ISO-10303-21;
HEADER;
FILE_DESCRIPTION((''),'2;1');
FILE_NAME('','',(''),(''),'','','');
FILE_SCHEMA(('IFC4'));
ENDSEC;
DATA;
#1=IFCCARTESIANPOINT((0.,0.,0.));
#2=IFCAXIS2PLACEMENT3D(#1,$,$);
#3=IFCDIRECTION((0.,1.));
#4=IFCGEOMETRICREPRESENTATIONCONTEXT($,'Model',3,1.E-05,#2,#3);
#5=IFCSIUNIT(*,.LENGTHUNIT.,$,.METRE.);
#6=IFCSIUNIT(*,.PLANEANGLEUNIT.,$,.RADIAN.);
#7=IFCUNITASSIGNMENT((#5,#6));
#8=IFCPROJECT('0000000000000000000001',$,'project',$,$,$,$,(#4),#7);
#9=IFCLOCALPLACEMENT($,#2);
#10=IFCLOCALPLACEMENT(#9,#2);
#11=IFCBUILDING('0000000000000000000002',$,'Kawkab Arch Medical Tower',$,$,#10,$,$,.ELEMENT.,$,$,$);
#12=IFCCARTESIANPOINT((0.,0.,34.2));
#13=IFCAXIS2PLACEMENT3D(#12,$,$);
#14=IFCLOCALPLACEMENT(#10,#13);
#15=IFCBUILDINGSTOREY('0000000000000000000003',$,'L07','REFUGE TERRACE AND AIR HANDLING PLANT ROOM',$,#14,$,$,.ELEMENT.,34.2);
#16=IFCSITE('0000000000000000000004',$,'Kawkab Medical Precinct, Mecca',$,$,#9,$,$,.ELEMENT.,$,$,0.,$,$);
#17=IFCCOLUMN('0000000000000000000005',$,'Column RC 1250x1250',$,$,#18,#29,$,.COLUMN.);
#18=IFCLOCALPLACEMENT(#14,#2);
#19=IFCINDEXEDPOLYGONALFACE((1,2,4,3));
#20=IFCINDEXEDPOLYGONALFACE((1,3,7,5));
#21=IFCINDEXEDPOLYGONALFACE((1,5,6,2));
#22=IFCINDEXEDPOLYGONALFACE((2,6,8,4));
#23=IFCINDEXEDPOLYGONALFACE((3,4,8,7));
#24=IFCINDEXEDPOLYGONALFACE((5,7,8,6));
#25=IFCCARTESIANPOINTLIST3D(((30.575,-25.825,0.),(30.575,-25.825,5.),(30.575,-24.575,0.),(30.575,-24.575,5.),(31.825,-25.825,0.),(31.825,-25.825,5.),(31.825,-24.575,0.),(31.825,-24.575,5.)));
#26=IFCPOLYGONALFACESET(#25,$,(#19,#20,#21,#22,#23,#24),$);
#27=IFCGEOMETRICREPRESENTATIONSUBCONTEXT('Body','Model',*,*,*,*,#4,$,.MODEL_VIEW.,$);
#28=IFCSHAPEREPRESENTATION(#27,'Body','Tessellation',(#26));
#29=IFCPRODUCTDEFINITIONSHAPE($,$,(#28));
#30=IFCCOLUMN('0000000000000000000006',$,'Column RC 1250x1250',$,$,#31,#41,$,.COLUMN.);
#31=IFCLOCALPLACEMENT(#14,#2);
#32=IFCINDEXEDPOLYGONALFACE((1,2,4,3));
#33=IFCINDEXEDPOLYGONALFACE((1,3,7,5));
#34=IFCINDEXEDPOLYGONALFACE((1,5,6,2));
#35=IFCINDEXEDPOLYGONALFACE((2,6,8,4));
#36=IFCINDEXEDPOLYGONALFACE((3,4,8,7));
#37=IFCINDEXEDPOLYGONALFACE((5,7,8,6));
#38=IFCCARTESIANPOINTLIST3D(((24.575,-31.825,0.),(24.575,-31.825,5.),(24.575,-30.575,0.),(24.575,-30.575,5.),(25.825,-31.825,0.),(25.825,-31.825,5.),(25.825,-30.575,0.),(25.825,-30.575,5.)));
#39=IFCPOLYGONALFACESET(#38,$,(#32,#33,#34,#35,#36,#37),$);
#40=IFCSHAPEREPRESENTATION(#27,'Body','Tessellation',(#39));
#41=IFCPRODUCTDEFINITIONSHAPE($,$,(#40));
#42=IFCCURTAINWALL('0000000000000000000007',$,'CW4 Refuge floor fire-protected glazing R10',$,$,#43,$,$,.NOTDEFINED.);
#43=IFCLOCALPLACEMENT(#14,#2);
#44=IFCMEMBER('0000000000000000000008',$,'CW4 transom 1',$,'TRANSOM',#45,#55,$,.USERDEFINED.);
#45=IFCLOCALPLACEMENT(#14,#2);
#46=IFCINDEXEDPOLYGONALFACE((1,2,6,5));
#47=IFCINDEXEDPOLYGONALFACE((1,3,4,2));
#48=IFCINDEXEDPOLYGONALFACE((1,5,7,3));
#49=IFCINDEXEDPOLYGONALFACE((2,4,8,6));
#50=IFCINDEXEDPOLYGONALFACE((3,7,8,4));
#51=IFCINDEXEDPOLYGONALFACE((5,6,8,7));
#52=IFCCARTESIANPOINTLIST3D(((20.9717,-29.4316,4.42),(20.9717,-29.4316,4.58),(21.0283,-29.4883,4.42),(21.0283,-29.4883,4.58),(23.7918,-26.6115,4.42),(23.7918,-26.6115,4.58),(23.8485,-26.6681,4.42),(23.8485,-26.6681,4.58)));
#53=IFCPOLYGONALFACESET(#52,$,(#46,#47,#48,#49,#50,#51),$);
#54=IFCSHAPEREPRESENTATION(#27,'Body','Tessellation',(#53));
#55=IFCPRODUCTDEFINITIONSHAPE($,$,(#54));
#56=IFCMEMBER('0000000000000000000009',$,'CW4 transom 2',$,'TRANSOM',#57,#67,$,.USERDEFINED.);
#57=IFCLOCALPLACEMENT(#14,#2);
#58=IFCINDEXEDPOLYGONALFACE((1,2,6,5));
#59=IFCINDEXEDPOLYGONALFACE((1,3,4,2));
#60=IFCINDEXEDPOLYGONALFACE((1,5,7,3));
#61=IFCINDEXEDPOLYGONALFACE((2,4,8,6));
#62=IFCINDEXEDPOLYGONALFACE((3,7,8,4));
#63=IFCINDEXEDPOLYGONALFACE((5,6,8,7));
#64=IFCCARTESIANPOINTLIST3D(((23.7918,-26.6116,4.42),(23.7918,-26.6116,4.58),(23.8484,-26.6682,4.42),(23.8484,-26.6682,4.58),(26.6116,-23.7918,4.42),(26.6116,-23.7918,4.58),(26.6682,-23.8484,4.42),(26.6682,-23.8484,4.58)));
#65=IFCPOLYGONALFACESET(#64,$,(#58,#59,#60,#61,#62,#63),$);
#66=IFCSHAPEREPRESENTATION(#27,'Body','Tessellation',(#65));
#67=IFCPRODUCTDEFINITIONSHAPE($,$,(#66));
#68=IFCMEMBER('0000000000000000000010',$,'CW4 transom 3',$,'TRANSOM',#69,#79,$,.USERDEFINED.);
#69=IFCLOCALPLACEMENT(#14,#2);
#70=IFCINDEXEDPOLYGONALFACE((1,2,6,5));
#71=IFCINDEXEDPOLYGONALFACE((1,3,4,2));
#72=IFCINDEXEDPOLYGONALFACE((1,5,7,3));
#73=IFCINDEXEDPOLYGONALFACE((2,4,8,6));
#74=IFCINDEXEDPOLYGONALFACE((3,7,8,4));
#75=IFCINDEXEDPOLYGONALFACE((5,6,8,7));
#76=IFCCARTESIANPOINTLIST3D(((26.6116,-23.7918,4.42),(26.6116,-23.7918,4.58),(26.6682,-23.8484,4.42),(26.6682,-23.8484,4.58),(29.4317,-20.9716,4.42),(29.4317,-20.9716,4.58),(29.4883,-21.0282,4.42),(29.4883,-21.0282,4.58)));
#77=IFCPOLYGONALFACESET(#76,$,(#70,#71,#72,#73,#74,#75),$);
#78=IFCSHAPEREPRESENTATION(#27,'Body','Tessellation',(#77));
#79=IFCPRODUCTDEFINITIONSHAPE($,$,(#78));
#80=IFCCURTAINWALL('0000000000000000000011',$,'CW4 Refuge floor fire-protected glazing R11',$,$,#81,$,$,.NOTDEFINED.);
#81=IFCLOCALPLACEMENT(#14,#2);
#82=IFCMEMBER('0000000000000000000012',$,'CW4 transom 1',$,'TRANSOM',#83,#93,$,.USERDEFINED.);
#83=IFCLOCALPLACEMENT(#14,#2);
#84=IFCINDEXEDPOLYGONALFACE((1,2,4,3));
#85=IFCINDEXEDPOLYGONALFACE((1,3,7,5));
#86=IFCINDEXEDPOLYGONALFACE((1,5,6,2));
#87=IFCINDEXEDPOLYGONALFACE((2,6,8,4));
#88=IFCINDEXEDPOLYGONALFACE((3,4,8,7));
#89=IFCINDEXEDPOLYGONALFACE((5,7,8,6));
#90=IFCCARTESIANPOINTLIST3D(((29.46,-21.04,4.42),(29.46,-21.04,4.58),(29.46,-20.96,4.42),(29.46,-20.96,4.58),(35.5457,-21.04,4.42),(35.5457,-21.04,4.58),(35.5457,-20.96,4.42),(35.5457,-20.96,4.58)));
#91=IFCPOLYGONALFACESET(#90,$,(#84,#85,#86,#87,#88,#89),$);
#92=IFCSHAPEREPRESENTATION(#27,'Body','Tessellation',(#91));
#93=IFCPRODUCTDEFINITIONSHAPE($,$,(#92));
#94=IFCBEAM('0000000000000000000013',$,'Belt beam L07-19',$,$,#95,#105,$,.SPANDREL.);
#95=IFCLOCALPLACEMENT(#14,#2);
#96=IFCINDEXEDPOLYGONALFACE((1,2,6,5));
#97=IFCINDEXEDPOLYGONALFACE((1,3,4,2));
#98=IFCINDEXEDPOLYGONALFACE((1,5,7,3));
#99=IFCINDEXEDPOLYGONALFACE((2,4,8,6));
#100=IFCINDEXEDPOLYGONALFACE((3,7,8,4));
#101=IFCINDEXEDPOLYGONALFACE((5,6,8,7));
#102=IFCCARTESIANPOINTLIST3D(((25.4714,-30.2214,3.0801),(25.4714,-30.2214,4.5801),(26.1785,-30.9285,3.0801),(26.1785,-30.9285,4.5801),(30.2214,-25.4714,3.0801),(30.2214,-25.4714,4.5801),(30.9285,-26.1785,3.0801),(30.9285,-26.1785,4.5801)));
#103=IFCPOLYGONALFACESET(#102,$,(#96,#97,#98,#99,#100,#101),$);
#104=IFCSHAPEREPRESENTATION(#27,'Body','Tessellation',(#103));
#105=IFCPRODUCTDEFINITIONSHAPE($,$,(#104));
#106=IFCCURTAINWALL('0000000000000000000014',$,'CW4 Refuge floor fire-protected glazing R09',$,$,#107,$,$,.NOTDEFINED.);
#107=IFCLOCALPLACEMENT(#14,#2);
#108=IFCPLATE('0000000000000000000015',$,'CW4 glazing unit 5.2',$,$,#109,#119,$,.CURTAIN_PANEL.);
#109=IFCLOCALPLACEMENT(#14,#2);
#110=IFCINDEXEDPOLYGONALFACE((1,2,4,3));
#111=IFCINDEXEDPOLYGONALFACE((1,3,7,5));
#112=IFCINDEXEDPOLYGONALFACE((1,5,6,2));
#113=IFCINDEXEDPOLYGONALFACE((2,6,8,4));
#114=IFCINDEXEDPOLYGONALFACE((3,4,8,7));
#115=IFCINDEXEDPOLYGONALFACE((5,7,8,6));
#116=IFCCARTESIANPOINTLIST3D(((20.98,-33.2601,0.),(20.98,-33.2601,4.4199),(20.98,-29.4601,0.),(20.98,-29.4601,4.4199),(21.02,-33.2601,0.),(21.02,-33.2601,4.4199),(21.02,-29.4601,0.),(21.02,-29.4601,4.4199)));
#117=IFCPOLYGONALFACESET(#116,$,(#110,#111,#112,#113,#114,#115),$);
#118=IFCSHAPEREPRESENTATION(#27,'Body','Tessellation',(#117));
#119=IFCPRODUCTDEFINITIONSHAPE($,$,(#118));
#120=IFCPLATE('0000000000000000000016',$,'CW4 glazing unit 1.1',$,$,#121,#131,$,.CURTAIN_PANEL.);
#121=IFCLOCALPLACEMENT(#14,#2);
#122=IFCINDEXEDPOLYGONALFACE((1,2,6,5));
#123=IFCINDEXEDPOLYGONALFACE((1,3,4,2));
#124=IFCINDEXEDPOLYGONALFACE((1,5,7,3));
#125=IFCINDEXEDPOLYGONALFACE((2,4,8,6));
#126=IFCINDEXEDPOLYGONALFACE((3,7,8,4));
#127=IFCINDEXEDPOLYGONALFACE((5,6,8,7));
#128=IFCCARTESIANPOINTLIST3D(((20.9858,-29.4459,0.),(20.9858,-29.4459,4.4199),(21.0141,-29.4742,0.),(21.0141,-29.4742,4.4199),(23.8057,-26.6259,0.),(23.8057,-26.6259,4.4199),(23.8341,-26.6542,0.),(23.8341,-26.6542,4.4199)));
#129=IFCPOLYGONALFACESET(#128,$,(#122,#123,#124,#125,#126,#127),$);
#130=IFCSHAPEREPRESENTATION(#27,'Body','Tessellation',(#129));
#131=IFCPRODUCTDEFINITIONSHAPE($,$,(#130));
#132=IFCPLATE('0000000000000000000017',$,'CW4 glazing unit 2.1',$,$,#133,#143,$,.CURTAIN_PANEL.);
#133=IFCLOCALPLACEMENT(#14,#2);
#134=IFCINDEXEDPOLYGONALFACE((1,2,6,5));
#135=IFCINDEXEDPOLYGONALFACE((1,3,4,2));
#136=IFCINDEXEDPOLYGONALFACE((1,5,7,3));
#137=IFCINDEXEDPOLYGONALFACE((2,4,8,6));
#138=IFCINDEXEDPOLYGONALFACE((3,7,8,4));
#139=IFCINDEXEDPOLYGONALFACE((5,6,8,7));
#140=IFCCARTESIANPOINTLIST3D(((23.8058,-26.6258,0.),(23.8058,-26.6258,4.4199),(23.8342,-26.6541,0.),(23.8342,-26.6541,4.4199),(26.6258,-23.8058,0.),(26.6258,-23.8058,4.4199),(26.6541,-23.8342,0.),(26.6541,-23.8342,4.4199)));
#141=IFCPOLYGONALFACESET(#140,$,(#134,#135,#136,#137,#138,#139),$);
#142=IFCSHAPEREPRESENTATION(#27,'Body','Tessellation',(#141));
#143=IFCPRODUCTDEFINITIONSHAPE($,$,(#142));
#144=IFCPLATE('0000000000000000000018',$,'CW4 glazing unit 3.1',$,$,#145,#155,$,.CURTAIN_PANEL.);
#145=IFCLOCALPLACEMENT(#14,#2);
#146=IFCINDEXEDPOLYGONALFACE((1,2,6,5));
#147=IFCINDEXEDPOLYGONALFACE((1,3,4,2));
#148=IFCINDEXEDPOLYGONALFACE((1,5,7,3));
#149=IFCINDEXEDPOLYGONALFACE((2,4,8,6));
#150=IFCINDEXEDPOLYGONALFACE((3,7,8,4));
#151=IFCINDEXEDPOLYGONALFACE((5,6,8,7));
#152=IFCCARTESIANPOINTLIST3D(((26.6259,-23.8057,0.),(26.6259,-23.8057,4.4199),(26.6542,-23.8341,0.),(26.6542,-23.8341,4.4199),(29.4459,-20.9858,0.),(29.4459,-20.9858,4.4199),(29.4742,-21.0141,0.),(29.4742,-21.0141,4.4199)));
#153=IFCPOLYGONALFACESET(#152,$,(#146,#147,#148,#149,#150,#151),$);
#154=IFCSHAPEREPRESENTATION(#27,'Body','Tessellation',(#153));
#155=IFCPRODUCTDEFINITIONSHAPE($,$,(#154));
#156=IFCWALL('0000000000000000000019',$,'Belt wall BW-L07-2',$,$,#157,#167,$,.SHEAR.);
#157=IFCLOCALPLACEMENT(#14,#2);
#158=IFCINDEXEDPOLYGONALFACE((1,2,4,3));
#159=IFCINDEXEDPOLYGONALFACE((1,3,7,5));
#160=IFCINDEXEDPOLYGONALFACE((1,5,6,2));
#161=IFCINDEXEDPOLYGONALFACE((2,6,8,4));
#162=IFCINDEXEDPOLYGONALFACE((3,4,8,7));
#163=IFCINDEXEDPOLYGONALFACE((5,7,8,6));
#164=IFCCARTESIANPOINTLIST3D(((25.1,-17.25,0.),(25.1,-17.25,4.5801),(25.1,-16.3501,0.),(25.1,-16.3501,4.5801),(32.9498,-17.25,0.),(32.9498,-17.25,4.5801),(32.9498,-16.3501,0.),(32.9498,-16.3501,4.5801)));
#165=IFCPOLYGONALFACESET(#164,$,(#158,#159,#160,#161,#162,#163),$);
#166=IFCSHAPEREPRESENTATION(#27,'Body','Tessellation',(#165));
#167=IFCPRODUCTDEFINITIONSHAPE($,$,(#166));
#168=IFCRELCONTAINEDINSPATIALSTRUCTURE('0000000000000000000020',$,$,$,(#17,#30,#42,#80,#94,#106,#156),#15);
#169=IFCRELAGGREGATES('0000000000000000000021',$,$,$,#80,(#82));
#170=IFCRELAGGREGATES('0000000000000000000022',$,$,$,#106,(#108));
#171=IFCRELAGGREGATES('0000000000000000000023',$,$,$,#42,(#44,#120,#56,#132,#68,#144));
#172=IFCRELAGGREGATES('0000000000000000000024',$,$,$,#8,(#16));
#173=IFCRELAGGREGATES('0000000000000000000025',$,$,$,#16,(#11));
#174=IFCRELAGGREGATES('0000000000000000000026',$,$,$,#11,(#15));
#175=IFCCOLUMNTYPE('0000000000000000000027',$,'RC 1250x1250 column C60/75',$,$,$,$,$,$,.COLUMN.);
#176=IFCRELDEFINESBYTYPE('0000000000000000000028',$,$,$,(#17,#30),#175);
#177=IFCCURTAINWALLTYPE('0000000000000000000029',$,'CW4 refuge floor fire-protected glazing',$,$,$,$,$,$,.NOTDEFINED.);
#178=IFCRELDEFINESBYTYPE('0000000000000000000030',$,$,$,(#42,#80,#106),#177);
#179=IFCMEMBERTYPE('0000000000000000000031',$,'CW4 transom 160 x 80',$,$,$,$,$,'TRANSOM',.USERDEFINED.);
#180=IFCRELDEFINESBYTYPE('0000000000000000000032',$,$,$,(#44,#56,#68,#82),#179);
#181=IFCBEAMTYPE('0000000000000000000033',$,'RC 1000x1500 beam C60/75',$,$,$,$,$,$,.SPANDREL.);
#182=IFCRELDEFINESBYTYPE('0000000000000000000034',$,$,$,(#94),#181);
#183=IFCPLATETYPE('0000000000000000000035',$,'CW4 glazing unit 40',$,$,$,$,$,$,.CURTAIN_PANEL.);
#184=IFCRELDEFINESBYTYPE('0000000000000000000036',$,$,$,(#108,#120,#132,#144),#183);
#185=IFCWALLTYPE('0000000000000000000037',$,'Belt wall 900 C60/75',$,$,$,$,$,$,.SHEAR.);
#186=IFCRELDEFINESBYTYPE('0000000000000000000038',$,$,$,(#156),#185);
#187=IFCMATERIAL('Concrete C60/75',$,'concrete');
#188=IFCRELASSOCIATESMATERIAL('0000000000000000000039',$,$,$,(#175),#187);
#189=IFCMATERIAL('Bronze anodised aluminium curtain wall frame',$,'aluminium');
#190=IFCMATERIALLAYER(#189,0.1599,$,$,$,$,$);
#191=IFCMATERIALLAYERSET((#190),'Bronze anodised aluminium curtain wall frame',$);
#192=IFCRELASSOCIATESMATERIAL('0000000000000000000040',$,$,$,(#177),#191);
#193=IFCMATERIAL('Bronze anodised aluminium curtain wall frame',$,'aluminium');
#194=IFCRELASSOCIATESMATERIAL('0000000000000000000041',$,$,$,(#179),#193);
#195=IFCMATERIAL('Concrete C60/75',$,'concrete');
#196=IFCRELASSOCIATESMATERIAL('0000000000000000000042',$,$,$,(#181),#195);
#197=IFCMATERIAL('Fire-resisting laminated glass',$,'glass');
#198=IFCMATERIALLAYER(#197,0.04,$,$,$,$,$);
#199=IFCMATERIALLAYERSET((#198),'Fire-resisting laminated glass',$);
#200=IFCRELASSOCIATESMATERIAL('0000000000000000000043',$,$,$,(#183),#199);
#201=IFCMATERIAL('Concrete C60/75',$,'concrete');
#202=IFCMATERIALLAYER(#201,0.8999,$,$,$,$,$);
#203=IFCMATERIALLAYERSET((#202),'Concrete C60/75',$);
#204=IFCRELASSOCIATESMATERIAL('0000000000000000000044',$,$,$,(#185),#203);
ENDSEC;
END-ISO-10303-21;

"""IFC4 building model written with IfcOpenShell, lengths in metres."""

from ifc_helpers import new_model, si_unit, direction, frame, frame_2d, origin, origin_2d, place, context, subcontext, project, spatial, rectangle, extrude, material, layer, layer_set, material_profile, profile_set, type_object, element, aggregate, save


model = new_model("IFC4")

# Units and contexts
model_context = context("Model", 3, precision=1e-05, world=origin(), true_north=direction((0.0, 1.0)))
body_context = subcontext(model_context, "Body", "Model", "MODEL_VIEW")
ifc_project = project(units=[si_unit("LENGTHUNIT", "METRE"), si_unit("PLANEANGLEUNIT", "RADIAN")], contexts=[model_context])

# Site, building, storey
site_placement = place(None, origin())
site = spatial("IfcSite", under=ifc_project, at=site_placement, Name="Kawkab Medical Precinct, Mecca", CompositionType="ELEMENT", RefElevation=0.0)
building_placement = place(site_placement, origin())
building = spatial("IfcBuilding", under=site, at=building_placement, Name="Kawkab Arch Medical Tower", CompositionType="ELEMENT")
storey_placement = place(building_placement, frame((0.0, 0.0, 34.2)))
storey = spatial("IfcBuildingStorey", under=building, at=storey_placement, Name="L07", Description="REFUGE TERRACE AND AIR HANDLING PLANT ROOM", CompositionType="ELEMENT", Elevation=34.2)

# Columns
ifc_material_1 = material(Name="Concrete C60/75", Category="concrete")
ifc_material_profile_1 = material_profile(ifc_material_1, rectangle(XDim=1.25, YDim=1.25, at=origin_2d()), Name="RC 1250x1250")
ifc_profile_set_1 = profile_set([ifc_material_profile_1], Name="Concrete C60/75")
column_type = type_object("IfcColumnType", Name="RC 1250x1250 column C60/75", PredefinedType="COLUMN", material=ifc_profile_set_1)
for number, where, z_axis, x_axis, name in (
    (1, (31.2, -25.2, 0.0), (0.0, 0.0, 1.0), (1.0, 0.0, 0.0), "Column RC 1250x1250"),
    (2, (25.2, -31.2, 0.0), (0.0, 0.0, 1.0), (1.0, 0.0, 0.0), "Column RC 1250x1250"),
):
    element("IfcColumn", number, at=place(storey_placement, frame(where, z_axis=z_axis, x_axis=x_axis)), inside=storey, type_object=column_type, Name=name, PredefinedType="COLUMN", context=body_context, shape_type="SweptSolid", body=[
        extrude(rectangle(XDim=1.25, YDim=1.25, at=origin_2d()), origin(), (0.0, 0.0, 1.0), 5.0),
    ])

# Curtain wall, members
ifc_material_2 = material(Name="Bronze anodised aluminium curtain wall frame", Category="aluminium")
ifc_layer_1 = layer(ifc_material_2, 0.1599)
ifc_layer_set_1 = layer_set([ifc_layer_1], Name="Bronze anodised aluminium curtain wall frame")
curtain_wall_type = type_object("IfcCurtainWallType", Name="CW4 refuge floor fire-protected glazing", PredefinedType="NOTDEFINED", material=ifc_layer_set_1)
placement = place(storey_placement, origin())
curtain_wall_1 = element("IfcCurtainWall", 3, at=placement, inside=storey, type_object=curtain_wall_type, Name="CW4 Refuge floor fire-protected glazing R10", PredefinedType="NOTDEFINED")
ifc_material_3 = material(Name="Bronze anodised aluminium curtain wall frame", Category="aluminium")
ifc_material_profile_2 = material_profile(ifc_material_3, rectangle(XDim=0.0801, YDim=0.1599, at=origin_2d()), Name="AL 80x160")
ifc_profile_set_2 = profile_set([ifc_material_profile_2], Name="Bronze anodised aluminium curtain wall frame")
member_type = type_object("IfcMemberType", Name="CW4 transom 160 x 80", ElementType="TRANSOM", PredefinedType="USERDEFINED", material=ifc_profile_set_2)
member_1_placement = place(storey_placement, frame((21.0, -29.46, 4.5), z_axis=(0.707107, 0.707107, 0.0), x_axis=(-0.707107, 0.707107, 0.0)))
member_1 = element("IfcMember", 4, at=member_1_placement, type_object=member_type, Name="CW4 transom 1", ObjectType="TRANSOM", PredefinedType="USERDEFINED", context=body_context, shape_type="SweptSolid", body=[
    extrude(rectangle(XDim=0.0801, YDim=0.1599, at=origin_2d()), origin(), (0.0, 0.0, 1.0), 3.9883),
])
member_2_placement = place(storey_placement, frame((23.8201, -26.6399, 4.5), z_axis=(0.707107, 0.707107, 0.0), x_axis=(-0.707107, 0.707107, 0.0)))
member_2 = element("IfcMember", 5, at=member_2_placement, type_object=member_type, Name="CW4 transom 2", ObjectType="TRANSOM", PredefinedType="USERDEFINED", context=body_context, shape_type="SweptSolid", body=[
    extrude(rectangle(XDim=0.0801, YDim=0.1599, at=origin_2d()), origin(), (0.0, 0.0, 1.0), 3.9878),
])
member_3_placement = place(storey_placement, frame((26.6399, -23.8201, 4.5), z_axis=(0.707107, 0.707107, 0.0), x_axis=(-0.707107, 0.707107, 0.0)))
member_3 = element("IfcMember", 6, at=member_3_placement, type_object=member_type, Name="CW4 transom 3", ObjectType="TRANSOM", PredefinedType="USERDEFINED", context=body_context, shape_type="SweptSolid", body=[
    extrude(rectangle(XDim=0.0801, YDim=0.1599, at=origin_2d()), origin(), (0.0, 0.0, 1.0), 3.9883),
])

# Curtain wall, member
curtain_wall_2 = element("IfcCurtainWall", 7, at=placement, inside=storey, type_object=curtain_wall_type, Name="CW4 Refuge floor fire-protected glazing R11", PredefinedType="NOTDEFINED")
member_4_placement = place(storey_placement, frame((29.46, -21.0, 4.5), z_axis=(1.0, 0.0, 0.0), x_axis=(0.0, 1.0, 0.0)))
member_4 = element("IfcMember", 8, at=member_4_placement, type_object=member_type, Name="CW4 transom 1", ObjectType="TRANSOM", PredefinedType="USERDEFINED", context=body_context, shape_type="SweptSolid", body=[
    extrude(rectangle(XDim=0.0801, YDim=0.1599, at=origin_2d()), origin(), (0.0, 0.0, 1.0), 6.0857),
])
aggregate(curtain_wall_2, [member_4])

# Beam
ifc_material_4 = material(Name="Concrete C60/75", Category="concrete")
ifc_material_profile_3 = material_profile(ifc_material_4, rectangle(XDim=1.0, YDim=1.5, at=origin_2d()), Name="RC 1000x1500")
ifc_profile_set_3 = profile_set([ifc_material_profile_3], Name="Concrete C60/75")
beam_type = type_object("IfcBeamType", Name="RC 1000x1500 beam C60/75", PredefinedType="SPANDREL", material=ifc_profile_set_3)
beam_placement = place(storey_placement, frame((30.575, -25.825, 3.8301), z_axis=(-0.707107, -0.707107, 0.0), x_axis=(0.707107, -0.707107, 0.0)))
element("IfcBeam", 9, at=beam_placement, inside=storey, type_object=beam_type, Name="Belt beam L07-19", PredefinedType="SPANDREL", context=body_context, shape_type="SweptSolid", body=[
    extrude(rectangle(XDim=1.0, YDim=1.5, at=origin_2d()), origin(), (0.0, 0.0, 1.0), 6.7175),
])

# Curtain wall, plate
curtain_wall_3 = element("IfcCurtainWall", 10, at=placement, inside=storey, type_object=curtain_wall_type, Name="CW4 Refuge floor fire-protected glazing R09", PredefinedType="NOTDEFINED")
ifc_material_5 = material(Name="Fire-resisting laminated glass", Category="glass")
ifc_layer_2 = layer(ifc_material_5, 0.04)
ifc_layer_set_2 = layer_set([ifc_layer_2], Name="Fire-resisting laminated glass")
plate_type = type_object("IfcPlateType", Name="CW4 glazing unit 40", PredefinedType="CURTAIN_PANEL", material=ifc_layer_set_2)
plate_1_placement = place(storey_placement, frame((21.0, -31.3601, 0.0), z_axis=(0.0, 0.0, 1.0), x_axis=(0.0, 1.0, 0.0)))
plate_1 = element("IfcPlate", 11, at=plate_1_placement, type_object=plate_type, Name="CW4 glazing unit 5.2", PredefinedType="CURTAIN_PANEL", context=body_context, shape_type="SweptSolid", body=[
    extrude(rectangle(XDim=3.8, YDim=0.04, at=origin_2d()), origin(), (0.0, 0.0, 1.0), 4.4199),
])
aggregate(curtain_wall_3, [plate_1])

# Plates
plate_2_placement = place(storey_placement, frame((22.4099, -28.05, 0.0), z_axis=(0.0, 0.0, 1.0), x_axis=(0.707107, 0.707107, 0.0)))
plate_2 = element("IfcPlate", 12, at=plate_2_placement, type_object=plate_type, Name="CW4 glazing unit 1.1", PredefinedType="CURTAIN_PANEL", context=body_context, shape_type="SweptSolid", body=[
    extrude(rectangle(XDim=3.988, YDim=0.04, at=origin_2d()), origin(), (0.0, 0.0, 1.0), 4.4199),
])
plate_3_placement = place(storey_placement, frame((25.23, -25.23, 0.0), z_axis=(0.0, 0.0, 1.0), x_axis=(0.707107, 0.707107, 0.0)))
plate_3 = element("IfcPlate", 13, at=plate_3_placement, type_object=plate_type, Name="CW4 glazing unit 2.1", PredefinedType="CURTAIN_PANEL", context=body_context, shape_type="SweptSolid", body=[
    extrude(rectangle(XDim=3.988, YDim=0.04, at=origin_2d()), origin(), (0.0, 0.0, 1.0), 4.4199),
])
plate_4_placement = place(storey_placement, frame((28.05, -22.4099, 0.0), z_axis=(0.0, 0.0, 1.0), x_axis=(0.707107, 0.707107, 0.0)))
plate_4 = element("IfcPlate", 14, at=plate_4_placement, type_object=plate_type, Name="CW4 glazing unit 3.1", PredefinedType="CURTAIN_PANEL", context=body_context, shape_type="SweptSolid", body=[
    extrude(rectangle(XDim=3.988, YDim=0.04, at=origin_2d()), origin(), (0.0, 0.0, 1.0), 4.4199),
])
aggregate(curtain_wall_1, [member_1, plate_2, member_2, plate_3, member_3, plate_4])

# Wall
ifc_material_6 = material(Name="Concrete C60/75", Category="concrete")
ifc_layer_3 = layer(ifc_material_6, 0.8999)
ifc_layer_set_3 = layer_set([ifc_layer_3], Name="Concrete C60/75")
wall_type_1 = type_object("IfcWallType", Name="Belt wall 900 C60/75", PredefinedType="SHEAR", material=ifc_layer_set_3)
wall_1_placement = place(storey_placement, frame((25.1001, -16.8, 0.0), z_axis=(0.0, 0.0, 1.0), x_axis=(1.0, 0.0, 0.0)))
element("IfcWall", 15, at=wall_1_placement, inside=storey, type_object=wall_type_1, Name="Belt wall BW-L07-2", PredefinedType="SHEAR", context=body_context, shape_type="SweptSolid", body=[
    extrude(rectangle(XDim=7.8499, YDim=0.8999, at=frame_2d((3.9248, 0.0))), origin(), (0.0, 0.0, 1.0), 4.5801),
])

save(model, "model.ifc")
